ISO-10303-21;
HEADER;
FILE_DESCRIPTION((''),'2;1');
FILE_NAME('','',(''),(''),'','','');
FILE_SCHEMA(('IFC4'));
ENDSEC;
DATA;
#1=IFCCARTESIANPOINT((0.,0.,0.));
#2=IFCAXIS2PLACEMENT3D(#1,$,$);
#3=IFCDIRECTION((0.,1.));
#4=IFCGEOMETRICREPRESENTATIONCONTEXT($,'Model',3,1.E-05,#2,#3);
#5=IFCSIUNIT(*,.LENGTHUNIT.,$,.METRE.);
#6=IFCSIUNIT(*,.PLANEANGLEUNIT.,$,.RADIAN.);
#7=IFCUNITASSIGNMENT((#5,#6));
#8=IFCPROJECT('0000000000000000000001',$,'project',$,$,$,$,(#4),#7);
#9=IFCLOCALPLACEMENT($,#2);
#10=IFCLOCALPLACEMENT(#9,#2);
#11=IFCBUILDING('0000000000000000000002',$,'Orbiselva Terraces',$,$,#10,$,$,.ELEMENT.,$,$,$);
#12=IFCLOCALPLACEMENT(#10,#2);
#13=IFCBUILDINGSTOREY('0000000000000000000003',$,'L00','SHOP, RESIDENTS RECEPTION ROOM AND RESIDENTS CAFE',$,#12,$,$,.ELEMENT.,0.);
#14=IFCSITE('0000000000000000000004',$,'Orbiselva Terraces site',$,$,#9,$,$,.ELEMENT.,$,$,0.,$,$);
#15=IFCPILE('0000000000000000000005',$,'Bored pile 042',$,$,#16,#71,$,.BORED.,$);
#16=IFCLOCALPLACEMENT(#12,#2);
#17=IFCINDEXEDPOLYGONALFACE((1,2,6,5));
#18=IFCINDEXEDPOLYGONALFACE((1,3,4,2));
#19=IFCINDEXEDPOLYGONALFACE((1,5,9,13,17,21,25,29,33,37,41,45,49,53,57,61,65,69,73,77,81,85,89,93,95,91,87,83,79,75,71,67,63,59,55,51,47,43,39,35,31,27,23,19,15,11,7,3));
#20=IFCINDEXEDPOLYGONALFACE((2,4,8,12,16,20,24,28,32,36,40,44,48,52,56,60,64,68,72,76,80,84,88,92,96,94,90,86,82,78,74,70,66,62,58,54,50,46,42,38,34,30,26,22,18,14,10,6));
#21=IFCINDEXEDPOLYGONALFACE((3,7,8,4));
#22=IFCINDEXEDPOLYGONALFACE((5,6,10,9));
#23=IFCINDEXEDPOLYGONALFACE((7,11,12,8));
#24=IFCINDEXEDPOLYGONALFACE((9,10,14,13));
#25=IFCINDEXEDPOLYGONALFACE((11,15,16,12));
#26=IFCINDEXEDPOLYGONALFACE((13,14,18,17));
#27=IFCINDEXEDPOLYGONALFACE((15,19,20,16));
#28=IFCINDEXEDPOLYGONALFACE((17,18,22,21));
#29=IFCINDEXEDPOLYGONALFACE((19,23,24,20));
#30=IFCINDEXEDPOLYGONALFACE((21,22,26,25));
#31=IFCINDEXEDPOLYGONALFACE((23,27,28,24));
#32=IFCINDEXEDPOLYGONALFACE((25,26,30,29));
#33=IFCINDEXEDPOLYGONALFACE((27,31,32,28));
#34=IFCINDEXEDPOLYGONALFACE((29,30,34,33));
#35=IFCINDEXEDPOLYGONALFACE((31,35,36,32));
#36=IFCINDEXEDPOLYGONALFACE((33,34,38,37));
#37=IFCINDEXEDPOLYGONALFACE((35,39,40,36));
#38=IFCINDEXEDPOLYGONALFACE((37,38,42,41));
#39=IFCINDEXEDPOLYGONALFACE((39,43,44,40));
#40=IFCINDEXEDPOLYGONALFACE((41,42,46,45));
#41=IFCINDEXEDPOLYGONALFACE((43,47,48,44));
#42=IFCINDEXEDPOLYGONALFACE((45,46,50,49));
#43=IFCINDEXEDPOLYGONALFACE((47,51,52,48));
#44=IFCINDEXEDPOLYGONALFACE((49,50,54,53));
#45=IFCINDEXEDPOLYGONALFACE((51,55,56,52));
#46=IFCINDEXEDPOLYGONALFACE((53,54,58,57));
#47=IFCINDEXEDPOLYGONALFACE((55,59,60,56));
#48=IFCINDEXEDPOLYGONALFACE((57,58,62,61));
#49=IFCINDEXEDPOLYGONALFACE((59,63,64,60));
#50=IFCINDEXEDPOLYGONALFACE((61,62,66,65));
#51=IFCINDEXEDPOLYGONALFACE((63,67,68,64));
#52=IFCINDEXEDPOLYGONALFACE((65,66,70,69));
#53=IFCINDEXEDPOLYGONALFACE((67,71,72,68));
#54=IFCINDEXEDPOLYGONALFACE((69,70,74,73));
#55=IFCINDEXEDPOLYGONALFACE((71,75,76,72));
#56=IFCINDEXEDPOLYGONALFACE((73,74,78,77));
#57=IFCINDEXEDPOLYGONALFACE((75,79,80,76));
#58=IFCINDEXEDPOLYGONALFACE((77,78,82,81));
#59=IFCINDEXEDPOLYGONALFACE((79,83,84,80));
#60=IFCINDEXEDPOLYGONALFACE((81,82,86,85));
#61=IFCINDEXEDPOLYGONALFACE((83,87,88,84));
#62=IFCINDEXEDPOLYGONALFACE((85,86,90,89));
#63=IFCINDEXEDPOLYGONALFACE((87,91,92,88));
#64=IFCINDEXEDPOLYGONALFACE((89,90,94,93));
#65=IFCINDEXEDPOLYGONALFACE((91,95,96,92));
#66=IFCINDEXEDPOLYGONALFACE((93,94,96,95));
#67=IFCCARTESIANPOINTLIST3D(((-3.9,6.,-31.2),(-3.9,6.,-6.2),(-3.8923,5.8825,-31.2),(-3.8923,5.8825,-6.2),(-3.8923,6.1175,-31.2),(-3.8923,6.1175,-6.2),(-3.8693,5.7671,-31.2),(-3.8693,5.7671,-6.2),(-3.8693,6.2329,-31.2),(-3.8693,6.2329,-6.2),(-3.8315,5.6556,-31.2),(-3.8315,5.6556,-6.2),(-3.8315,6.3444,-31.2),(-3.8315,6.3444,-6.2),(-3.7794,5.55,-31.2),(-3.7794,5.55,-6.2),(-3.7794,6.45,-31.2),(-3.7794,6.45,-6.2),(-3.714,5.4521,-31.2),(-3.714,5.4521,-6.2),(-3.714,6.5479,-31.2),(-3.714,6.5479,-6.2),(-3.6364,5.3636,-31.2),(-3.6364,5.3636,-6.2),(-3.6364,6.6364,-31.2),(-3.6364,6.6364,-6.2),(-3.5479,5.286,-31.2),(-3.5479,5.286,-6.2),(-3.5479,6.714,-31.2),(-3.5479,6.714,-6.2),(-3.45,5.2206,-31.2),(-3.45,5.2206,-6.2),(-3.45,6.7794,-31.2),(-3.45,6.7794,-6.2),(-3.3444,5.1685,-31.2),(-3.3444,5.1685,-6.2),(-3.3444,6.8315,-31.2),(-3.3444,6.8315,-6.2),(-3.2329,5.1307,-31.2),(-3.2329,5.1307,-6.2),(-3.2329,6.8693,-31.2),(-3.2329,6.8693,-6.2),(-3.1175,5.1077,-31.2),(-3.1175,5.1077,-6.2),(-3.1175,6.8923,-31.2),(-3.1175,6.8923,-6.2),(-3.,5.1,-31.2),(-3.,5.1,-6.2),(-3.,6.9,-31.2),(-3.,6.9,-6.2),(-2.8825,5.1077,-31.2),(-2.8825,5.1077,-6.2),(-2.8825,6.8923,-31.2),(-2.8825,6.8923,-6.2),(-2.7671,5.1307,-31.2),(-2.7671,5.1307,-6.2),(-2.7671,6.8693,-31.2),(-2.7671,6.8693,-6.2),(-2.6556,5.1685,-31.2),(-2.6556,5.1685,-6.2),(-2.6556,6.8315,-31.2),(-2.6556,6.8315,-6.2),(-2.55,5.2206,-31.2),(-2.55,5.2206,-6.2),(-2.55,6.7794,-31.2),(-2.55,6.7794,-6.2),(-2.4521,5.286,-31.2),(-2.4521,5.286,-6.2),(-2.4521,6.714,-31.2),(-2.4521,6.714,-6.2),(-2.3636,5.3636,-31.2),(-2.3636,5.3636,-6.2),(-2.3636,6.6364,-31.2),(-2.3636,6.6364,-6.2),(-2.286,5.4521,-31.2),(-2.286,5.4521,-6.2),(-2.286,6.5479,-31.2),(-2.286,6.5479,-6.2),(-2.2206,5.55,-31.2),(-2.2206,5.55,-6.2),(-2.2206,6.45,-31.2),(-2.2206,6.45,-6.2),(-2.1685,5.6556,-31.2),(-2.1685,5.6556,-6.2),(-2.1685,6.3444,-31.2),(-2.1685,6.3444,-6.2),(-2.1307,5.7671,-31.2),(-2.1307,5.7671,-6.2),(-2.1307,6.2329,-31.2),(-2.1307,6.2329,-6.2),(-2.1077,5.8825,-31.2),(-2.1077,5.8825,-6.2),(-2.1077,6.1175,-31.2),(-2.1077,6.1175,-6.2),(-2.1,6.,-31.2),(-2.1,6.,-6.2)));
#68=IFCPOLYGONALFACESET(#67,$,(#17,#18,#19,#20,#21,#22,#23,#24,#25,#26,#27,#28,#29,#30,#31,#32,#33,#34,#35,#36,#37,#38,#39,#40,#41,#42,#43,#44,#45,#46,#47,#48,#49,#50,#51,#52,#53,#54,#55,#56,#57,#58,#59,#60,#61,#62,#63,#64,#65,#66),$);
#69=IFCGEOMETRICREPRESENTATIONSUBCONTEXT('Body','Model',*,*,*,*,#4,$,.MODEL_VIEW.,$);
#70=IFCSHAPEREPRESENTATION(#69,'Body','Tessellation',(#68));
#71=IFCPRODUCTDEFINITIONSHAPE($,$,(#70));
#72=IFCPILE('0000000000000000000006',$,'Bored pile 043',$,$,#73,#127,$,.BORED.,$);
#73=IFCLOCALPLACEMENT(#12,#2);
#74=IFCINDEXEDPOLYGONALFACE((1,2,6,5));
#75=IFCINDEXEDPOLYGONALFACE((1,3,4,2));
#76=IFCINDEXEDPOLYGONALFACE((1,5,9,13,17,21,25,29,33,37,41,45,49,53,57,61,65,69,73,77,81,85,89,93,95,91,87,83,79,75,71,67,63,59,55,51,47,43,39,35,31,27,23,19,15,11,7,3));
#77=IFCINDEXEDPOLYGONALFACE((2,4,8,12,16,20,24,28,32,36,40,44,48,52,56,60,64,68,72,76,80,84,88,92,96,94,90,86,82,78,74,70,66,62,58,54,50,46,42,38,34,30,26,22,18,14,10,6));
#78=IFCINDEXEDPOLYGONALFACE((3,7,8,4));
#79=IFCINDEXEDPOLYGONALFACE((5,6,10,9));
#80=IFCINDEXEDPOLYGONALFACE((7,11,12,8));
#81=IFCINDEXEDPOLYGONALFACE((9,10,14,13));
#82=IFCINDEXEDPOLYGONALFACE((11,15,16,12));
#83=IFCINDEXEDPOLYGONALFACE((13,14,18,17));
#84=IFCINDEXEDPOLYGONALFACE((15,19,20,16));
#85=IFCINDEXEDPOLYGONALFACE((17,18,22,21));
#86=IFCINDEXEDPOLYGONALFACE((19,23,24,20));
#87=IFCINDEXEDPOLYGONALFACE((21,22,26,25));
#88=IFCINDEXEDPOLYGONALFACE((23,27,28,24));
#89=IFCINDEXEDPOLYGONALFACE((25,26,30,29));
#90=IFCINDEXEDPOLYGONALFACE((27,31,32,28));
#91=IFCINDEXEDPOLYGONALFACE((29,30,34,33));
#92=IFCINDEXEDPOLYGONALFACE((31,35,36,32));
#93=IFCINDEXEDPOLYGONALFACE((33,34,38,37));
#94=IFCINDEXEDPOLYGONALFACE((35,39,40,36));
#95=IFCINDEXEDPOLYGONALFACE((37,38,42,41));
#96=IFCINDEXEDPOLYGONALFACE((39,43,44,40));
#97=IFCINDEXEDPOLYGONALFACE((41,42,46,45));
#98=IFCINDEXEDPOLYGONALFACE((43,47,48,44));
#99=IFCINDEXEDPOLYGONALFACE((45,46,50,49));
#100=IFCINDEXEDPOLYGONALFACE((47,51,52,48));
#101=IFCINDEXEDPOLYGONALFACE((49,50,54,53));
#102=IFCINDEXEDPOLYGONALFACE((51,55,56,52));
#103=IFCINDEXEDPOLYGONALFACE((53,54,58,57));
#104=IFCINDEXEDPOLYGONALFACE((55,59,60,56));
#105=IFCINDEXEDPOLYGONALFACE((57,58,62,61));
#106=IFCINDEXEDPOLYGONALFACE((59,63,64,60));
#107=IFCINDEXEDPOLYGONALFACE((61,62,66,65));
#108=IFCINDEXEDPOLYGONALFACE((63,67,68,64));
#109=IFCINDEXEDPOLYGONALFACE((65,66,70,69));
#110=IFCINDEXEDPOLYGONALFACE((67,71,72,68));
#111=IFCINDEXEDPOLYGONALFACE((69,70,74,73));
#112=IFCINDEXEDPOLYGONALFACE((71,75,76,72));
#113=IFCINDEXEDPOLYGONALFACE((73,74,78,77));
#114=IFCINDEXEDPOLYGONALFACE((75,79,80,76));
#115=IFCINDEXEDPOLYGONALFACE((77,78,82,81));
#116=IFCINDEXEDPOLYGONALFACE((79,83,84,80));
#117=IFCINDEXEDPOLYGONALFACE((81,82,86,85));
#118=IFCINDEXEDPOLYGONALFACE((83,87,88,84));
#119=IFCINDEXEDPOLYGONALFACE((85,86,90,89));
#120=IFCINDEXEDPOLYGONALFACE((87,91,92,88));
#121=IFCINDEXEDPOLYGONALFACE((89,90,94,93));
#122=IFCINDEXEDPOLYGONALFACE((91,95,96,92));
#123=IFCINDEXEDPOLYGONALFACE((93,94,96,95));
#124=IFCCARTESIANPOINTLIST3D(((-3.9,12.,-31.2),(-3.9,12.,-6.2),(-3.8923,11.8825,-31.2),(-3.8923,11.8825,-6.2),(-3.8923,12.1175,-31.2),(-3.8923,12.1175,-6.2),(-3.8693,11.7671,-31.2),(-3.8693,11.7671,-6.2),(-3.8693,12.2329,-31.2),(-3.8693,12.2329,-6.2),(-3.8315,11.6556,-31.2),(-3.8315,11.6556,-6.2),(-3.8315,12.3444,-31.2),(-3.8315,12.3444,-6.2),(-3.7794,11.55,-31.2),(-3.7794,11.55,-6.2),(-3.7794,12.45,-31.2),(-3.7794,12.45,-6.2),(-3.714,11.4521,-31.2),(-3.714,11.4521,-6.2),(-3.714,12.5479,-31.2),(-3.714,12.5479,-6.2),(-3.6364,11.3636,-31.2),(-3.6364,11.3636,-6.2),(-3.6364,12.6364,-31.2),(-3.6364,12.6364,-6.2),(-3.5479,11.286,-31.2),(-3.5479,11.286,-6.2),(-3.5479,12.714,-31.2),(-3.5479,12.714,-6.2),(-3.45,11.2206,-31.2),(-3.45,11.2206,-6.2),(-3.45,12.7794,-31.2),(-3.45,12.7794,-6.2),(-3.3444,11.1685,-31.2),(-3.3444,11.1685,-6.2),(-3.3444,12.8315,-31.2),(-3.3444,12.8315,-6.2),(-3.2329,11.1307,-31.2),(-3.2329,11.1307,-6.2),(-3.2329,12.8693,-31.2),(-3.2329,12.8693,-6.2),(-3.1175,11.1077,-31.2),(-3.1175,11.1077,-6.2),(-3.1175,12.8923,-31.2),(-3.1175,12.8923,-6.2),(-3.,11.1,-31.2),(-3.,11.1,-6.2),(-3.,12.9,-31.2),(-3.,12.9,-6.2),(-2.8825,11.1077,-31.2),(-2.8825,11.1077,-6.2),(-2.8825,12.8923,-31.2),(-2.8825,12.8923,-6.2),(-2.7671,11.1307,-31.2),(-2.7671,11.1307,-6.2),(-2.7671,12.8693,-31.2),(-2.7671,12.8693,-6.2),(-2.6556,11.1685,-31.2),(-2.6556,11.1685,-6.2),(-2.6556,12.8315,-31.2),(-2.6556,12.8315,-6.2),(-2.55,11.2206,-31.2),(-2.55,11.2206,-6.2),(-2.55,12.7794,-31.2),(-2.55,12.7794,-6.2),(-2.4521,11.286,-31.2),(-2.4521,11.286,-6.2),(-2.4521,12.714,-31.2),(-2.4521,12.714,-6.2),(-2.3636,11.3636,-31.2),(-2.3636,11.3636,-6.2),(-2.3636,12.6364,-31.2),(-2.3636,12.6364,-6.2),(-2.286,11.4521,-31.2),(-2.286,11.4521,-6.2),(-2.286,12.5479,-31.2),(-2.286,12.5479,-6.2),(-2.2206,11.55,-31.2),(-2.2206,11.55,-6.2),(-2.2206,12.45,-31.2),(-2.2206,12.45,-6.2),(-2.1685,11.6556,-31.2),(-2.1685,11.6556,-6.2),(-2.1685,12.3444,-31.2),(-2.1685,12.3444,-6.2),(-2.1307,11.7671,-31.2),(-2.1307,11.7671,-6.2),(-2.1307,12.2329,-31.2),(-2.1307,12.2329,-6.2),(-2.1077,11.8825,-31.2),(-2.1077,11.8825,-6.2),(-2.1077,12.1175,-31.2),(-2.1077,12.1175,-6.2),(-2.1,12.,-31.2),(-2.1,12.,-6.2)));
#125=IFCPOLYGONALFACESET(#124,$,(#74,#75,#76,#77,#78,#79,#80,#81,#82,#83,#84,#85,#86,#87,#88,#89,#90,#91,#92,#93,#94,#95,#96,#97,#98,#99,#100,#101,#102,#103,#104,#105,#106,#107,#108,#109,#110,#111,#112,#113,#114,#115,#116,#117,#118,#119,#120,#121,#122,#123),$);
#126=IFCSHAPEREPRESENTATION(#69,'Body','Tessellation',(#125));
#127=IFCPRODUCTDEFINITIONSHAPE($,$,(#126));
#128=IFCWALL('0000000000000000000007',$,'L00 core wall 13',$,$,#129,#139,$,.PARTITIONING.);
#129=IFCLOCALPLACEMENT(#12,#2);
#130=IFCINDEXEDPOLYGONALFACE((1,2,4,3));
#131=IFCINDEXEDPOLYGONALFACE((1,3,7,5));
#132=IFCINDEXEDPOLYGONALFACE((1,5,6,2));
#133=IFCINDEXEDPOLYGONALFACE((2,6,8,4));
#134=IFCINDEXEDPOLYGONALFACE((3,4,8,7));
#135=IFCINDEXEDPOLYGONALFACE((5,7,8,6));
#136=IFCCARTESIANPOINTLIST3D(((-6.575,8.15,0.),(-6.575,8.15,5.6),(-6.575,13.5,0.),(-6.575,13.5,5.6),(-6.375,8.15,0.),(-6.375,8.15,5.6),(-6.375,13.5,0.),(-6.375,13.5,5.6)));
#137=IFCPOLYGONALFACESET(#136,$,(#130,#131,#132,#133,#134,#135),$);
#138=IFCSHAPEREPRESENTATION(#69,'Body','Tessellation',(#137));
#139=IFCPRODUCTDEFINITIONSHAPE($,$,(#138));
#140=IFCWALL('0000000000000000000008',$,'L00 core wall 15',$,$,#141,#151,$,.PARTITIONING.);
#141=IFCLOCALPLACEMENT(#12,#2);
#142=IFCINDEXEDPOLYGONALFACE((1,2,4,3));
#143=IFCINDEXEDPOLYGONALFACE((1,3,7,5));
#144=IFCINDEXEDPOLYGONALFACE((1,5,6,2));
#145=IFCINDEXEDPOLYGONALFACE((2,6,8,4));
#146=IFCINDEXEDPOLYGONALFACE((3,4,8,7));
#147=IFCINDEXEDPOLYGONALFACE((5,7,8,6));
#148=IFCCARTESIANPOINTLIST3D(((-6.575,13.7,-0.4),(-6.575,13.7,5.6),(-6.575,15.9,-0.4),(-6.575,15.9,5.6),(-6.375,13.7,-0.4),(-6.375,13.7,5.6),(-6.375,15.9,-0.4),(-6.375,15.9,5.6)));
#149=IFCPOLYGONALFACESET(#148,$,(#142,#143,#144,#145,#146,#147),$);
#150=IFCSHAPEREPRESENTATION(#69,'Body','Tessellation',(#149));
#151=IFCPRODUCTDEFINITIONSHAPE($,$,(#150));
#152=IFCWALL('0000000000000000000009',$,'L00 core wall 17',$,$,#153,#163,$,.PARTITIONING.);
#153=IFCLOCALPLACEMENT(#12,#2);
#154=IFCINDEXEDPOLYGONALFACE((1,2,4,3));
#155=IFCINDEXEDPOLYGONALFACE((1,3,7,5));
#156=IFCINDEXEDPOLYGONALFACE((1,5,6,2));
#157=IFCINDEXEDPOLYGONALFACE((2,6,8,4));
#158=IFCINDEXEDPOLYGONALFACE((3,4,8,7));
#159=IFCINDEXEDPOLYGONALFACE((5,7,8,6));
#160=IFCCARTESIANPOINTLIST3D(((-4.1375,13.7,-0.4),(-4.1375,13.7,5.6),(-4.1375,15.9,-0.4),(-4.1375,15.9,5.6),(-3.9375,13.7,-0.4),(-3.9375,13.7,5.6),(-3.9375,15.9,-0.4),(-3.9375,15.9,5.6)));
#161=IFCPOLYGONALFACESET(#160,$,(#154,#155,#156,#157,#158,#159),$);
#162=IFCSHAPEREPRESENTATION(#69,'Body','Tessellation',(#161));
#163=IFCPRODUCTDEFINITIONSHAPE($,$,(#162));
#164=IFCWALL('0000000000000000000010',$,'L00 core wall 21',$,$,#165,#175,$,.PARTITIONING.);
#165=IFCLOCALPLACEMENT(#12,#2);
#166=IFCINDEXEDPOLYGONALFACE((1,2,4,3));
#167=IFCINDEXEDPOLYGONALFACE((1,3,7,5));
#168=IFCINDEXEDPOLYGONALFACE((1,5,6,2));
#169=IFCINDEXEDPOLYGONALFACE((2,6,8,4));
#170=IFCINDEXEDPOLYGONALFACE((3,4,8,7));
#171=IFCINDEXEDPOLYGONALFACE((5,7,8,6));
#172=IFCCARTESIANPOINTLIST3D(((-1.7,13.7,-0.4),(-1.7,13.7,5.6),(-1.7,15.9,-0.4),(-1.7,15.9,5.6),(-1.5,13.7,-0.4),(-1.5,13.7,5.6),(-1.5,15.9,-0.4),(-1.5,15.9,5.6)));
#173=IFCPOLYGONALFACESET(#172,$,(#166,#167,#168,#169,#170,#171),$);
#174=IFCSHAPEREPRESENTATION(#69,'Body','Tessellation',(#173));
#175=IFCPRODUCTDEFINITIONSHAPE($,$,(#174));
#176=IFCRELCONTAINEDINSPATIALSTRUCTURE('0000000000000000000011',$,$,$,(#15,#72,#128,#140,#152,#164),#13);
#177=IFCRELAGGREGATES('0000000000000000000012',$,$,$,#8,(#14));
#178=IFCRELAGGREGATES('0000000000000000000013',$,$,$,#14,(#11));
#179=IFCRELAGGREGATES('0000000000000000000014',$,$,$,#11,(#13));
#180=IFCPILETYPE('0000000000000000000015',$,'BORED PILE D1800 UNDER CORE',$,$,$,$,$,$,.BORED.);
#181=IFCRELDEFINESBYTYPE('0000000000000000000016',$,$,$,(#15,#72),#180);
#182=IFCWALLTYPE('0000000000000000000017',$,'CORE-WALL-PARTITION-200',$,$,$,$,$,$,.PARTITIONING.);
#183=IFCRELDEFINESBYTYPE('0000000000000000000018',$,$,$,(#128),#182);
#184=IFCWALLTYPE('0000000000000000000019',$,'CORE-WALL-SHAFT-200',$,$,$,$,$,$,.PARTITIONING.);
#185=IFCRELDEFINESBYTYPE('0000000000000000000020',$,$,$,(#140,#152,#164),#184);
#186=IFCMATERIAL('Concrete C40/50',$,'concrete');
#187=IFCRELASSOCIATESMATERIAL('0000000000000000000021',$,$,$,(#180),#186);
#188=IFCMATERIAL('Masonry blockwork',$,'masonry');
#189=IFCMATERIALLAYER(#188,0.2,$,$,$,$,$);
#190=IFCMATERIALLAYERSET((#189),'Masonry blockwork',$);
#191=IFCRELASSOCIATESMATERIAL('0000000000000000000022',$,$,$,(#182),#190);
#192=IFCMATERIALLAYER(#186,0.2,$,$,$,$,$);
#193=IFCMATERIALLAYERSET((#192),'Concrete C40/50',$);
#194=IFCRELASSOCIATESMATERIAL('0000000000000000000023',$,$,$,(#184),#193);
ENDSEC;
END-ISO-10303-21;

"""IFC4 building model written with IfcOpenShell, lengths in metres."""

from ifc_helpers import new_model, si_unit, direction, frame, frame_2d, origin, origin_2d, place, context, subcontext, project, spatial, rectangle, circle, extrude, material, layer, layer_set, material_profile, profile_set, type_object, element, save


model = new_model("IFC4")

# Units and contexts
model_context = context("Model", 3, precision=1e-05, world=origin(), true_north=direction((0.0, 1.0)))
body_context = subcontext(model_context, "Body", "Model", "MODEL_VIEW")
ifc_project = project(units=[si_unit("LENGTHUNIT", "METRE"), si_unit("PLANEANGLEUNIT", "RADIAN")], contexts=[model_context])

# Site, building, storey
site_placement = place(None, origin())
site = spatial("IfcSite", under=ifc_project, at=site_placement, Name="Orbiselva Terraces site", CompositionType="ELEMENT", RefElevation=0.0)
building_placement = place(site_placement, origin())
building = spatial("IfcBuilding", under=site, at=building_placement, Name="Orbiselva Terraces", CompositionType="ELEMENT")
storey_placement = place(building_placement, origin())
storey = spatial("IfcBuildingStorey", under=building, at=storey_placement, Name="L00", Description="SHOP, RESIDENTS RECEPTION ROOM AND RESIDENTS CAFE", CompositionType="ELEMENT", Elevation=0.0)

# Piles
ifc_material_1 = material(Name="Concrete C40/50", Category="concrete")
ifc_material_profile = material_profile(ifc_material_1, circle(Radius=0.9, at=origin_2d()), Name="D1800")
ifc_profile_set = profile_set([ifc_material_profile], Name="Concrete C40/50")
pile_type = type_object("IfcPileType", Name="BORED PILE D1800 UNDER CORE", PredefinedType="BORED", material=ifc_profile_set)
for number, where, z_axis, x_axis, name in (
    (1, (-3.0, 6.0, -6.2), (0.0, 0.0, -1.0), (1.0, 0.0, 0.0), "Bored pile 042"),
    (2, (-3.0, 12.0, -6.2), (0.0, 0.0, -1.0), (1.0, 0.0, 0.0), "Bored pile 043"),
):
    element("IfcPile", number, at=place(storey_placement, frame(where, z_axis=z_axis, x_axis=x_axis)), inside=storey, type_object=pile_type, Name=name, PredefinedType="BORED", context=body_context, shape_type="SweptSolid", body=[
        extrude(circle(Radius=0.9, at=origin_2d()), origin(), (0.0, 0.0, 1.0), 25.0),
    ])

# Walls
ifc_material_2 = material(Name="Masonry blockwork", Category="masonry")
ifc_layer_1 = layer(ifc_material_2, 0.2)
ifc_layer_set_1 = layer_set([ifc_layer_1], Name="Masonry blockwork")
wall_type_1 = type_object("IfcWallType", Name="CORE-WALL-PARTITION-200", PredefinedType="PARTITIONING", material=ifc_layer_set_1)
wall_1_placement = place(storey_placement, frame((-6.475, 8.15, 0.0), z_axis=(0.0, 0.0, 1.0), x_axis=(0.0, 1.0, 0.0)))
element("IfcWall", 3, at=wall_1_placement, inside=storey, type_object=wall_type_1, Name="L00 core wall 13", PredefinedType="PARTITIONING", context=body_context, shape_type="SweptSolid", body=[
    extrude(rectangle(XDim=5.35, YDim=0.2, at=frame_2d((2.675, 0.0))), origin(), (0.0, 0.0, 1.0), 5.6),
])
ifc_layer_2 = layer(ifc_material_1, 0.2)
ifc_layer_set_2 = layer_set([ifc_layer_2], Name="Concrete C40/50")
wall_type_2 = type_object("IfcWallType", Name="CORE-WALL-SHAFT-200", PredefinedType="PARTITIONING", material=ifc_layer_set_2)
for number, where, z_axis, x_axis, name in (
    (4, (-6.475, 13.7, -0.4), (0.0, 0.0, 1.0), (0.0, 1.0, 0.0), "L00 core wall 15"),
    (5, (-4.0375, 13.7, -0.4), (0.0, 0.0, 1.0), (0.0, 1.0, 0.0), "L00 core wall 17"),
    (6, (-1.6, 13.7, -0.4), (0.0, 0.0, 1.0), (0.0, 1.0, 0.0), "L00 core wall 21"),
):
    element("IfcWall", number, at=place(storey_placement, frame(where, z_axis=z_axis, x_axis=x_axis)), inside=storey, type_object=wall_type_2, Name=name, PredefinedType="PARTITIONING", context=body_context, shape_type="SweptSolid", body=[
        extrude(rectangle(XDim=2.2, YDim=0.2, at=frame_2d((1.1, 0.0))), origin(), (0.0, 0.0, 1.0), 6.0),
    ])

save(model, "model.ifc")
